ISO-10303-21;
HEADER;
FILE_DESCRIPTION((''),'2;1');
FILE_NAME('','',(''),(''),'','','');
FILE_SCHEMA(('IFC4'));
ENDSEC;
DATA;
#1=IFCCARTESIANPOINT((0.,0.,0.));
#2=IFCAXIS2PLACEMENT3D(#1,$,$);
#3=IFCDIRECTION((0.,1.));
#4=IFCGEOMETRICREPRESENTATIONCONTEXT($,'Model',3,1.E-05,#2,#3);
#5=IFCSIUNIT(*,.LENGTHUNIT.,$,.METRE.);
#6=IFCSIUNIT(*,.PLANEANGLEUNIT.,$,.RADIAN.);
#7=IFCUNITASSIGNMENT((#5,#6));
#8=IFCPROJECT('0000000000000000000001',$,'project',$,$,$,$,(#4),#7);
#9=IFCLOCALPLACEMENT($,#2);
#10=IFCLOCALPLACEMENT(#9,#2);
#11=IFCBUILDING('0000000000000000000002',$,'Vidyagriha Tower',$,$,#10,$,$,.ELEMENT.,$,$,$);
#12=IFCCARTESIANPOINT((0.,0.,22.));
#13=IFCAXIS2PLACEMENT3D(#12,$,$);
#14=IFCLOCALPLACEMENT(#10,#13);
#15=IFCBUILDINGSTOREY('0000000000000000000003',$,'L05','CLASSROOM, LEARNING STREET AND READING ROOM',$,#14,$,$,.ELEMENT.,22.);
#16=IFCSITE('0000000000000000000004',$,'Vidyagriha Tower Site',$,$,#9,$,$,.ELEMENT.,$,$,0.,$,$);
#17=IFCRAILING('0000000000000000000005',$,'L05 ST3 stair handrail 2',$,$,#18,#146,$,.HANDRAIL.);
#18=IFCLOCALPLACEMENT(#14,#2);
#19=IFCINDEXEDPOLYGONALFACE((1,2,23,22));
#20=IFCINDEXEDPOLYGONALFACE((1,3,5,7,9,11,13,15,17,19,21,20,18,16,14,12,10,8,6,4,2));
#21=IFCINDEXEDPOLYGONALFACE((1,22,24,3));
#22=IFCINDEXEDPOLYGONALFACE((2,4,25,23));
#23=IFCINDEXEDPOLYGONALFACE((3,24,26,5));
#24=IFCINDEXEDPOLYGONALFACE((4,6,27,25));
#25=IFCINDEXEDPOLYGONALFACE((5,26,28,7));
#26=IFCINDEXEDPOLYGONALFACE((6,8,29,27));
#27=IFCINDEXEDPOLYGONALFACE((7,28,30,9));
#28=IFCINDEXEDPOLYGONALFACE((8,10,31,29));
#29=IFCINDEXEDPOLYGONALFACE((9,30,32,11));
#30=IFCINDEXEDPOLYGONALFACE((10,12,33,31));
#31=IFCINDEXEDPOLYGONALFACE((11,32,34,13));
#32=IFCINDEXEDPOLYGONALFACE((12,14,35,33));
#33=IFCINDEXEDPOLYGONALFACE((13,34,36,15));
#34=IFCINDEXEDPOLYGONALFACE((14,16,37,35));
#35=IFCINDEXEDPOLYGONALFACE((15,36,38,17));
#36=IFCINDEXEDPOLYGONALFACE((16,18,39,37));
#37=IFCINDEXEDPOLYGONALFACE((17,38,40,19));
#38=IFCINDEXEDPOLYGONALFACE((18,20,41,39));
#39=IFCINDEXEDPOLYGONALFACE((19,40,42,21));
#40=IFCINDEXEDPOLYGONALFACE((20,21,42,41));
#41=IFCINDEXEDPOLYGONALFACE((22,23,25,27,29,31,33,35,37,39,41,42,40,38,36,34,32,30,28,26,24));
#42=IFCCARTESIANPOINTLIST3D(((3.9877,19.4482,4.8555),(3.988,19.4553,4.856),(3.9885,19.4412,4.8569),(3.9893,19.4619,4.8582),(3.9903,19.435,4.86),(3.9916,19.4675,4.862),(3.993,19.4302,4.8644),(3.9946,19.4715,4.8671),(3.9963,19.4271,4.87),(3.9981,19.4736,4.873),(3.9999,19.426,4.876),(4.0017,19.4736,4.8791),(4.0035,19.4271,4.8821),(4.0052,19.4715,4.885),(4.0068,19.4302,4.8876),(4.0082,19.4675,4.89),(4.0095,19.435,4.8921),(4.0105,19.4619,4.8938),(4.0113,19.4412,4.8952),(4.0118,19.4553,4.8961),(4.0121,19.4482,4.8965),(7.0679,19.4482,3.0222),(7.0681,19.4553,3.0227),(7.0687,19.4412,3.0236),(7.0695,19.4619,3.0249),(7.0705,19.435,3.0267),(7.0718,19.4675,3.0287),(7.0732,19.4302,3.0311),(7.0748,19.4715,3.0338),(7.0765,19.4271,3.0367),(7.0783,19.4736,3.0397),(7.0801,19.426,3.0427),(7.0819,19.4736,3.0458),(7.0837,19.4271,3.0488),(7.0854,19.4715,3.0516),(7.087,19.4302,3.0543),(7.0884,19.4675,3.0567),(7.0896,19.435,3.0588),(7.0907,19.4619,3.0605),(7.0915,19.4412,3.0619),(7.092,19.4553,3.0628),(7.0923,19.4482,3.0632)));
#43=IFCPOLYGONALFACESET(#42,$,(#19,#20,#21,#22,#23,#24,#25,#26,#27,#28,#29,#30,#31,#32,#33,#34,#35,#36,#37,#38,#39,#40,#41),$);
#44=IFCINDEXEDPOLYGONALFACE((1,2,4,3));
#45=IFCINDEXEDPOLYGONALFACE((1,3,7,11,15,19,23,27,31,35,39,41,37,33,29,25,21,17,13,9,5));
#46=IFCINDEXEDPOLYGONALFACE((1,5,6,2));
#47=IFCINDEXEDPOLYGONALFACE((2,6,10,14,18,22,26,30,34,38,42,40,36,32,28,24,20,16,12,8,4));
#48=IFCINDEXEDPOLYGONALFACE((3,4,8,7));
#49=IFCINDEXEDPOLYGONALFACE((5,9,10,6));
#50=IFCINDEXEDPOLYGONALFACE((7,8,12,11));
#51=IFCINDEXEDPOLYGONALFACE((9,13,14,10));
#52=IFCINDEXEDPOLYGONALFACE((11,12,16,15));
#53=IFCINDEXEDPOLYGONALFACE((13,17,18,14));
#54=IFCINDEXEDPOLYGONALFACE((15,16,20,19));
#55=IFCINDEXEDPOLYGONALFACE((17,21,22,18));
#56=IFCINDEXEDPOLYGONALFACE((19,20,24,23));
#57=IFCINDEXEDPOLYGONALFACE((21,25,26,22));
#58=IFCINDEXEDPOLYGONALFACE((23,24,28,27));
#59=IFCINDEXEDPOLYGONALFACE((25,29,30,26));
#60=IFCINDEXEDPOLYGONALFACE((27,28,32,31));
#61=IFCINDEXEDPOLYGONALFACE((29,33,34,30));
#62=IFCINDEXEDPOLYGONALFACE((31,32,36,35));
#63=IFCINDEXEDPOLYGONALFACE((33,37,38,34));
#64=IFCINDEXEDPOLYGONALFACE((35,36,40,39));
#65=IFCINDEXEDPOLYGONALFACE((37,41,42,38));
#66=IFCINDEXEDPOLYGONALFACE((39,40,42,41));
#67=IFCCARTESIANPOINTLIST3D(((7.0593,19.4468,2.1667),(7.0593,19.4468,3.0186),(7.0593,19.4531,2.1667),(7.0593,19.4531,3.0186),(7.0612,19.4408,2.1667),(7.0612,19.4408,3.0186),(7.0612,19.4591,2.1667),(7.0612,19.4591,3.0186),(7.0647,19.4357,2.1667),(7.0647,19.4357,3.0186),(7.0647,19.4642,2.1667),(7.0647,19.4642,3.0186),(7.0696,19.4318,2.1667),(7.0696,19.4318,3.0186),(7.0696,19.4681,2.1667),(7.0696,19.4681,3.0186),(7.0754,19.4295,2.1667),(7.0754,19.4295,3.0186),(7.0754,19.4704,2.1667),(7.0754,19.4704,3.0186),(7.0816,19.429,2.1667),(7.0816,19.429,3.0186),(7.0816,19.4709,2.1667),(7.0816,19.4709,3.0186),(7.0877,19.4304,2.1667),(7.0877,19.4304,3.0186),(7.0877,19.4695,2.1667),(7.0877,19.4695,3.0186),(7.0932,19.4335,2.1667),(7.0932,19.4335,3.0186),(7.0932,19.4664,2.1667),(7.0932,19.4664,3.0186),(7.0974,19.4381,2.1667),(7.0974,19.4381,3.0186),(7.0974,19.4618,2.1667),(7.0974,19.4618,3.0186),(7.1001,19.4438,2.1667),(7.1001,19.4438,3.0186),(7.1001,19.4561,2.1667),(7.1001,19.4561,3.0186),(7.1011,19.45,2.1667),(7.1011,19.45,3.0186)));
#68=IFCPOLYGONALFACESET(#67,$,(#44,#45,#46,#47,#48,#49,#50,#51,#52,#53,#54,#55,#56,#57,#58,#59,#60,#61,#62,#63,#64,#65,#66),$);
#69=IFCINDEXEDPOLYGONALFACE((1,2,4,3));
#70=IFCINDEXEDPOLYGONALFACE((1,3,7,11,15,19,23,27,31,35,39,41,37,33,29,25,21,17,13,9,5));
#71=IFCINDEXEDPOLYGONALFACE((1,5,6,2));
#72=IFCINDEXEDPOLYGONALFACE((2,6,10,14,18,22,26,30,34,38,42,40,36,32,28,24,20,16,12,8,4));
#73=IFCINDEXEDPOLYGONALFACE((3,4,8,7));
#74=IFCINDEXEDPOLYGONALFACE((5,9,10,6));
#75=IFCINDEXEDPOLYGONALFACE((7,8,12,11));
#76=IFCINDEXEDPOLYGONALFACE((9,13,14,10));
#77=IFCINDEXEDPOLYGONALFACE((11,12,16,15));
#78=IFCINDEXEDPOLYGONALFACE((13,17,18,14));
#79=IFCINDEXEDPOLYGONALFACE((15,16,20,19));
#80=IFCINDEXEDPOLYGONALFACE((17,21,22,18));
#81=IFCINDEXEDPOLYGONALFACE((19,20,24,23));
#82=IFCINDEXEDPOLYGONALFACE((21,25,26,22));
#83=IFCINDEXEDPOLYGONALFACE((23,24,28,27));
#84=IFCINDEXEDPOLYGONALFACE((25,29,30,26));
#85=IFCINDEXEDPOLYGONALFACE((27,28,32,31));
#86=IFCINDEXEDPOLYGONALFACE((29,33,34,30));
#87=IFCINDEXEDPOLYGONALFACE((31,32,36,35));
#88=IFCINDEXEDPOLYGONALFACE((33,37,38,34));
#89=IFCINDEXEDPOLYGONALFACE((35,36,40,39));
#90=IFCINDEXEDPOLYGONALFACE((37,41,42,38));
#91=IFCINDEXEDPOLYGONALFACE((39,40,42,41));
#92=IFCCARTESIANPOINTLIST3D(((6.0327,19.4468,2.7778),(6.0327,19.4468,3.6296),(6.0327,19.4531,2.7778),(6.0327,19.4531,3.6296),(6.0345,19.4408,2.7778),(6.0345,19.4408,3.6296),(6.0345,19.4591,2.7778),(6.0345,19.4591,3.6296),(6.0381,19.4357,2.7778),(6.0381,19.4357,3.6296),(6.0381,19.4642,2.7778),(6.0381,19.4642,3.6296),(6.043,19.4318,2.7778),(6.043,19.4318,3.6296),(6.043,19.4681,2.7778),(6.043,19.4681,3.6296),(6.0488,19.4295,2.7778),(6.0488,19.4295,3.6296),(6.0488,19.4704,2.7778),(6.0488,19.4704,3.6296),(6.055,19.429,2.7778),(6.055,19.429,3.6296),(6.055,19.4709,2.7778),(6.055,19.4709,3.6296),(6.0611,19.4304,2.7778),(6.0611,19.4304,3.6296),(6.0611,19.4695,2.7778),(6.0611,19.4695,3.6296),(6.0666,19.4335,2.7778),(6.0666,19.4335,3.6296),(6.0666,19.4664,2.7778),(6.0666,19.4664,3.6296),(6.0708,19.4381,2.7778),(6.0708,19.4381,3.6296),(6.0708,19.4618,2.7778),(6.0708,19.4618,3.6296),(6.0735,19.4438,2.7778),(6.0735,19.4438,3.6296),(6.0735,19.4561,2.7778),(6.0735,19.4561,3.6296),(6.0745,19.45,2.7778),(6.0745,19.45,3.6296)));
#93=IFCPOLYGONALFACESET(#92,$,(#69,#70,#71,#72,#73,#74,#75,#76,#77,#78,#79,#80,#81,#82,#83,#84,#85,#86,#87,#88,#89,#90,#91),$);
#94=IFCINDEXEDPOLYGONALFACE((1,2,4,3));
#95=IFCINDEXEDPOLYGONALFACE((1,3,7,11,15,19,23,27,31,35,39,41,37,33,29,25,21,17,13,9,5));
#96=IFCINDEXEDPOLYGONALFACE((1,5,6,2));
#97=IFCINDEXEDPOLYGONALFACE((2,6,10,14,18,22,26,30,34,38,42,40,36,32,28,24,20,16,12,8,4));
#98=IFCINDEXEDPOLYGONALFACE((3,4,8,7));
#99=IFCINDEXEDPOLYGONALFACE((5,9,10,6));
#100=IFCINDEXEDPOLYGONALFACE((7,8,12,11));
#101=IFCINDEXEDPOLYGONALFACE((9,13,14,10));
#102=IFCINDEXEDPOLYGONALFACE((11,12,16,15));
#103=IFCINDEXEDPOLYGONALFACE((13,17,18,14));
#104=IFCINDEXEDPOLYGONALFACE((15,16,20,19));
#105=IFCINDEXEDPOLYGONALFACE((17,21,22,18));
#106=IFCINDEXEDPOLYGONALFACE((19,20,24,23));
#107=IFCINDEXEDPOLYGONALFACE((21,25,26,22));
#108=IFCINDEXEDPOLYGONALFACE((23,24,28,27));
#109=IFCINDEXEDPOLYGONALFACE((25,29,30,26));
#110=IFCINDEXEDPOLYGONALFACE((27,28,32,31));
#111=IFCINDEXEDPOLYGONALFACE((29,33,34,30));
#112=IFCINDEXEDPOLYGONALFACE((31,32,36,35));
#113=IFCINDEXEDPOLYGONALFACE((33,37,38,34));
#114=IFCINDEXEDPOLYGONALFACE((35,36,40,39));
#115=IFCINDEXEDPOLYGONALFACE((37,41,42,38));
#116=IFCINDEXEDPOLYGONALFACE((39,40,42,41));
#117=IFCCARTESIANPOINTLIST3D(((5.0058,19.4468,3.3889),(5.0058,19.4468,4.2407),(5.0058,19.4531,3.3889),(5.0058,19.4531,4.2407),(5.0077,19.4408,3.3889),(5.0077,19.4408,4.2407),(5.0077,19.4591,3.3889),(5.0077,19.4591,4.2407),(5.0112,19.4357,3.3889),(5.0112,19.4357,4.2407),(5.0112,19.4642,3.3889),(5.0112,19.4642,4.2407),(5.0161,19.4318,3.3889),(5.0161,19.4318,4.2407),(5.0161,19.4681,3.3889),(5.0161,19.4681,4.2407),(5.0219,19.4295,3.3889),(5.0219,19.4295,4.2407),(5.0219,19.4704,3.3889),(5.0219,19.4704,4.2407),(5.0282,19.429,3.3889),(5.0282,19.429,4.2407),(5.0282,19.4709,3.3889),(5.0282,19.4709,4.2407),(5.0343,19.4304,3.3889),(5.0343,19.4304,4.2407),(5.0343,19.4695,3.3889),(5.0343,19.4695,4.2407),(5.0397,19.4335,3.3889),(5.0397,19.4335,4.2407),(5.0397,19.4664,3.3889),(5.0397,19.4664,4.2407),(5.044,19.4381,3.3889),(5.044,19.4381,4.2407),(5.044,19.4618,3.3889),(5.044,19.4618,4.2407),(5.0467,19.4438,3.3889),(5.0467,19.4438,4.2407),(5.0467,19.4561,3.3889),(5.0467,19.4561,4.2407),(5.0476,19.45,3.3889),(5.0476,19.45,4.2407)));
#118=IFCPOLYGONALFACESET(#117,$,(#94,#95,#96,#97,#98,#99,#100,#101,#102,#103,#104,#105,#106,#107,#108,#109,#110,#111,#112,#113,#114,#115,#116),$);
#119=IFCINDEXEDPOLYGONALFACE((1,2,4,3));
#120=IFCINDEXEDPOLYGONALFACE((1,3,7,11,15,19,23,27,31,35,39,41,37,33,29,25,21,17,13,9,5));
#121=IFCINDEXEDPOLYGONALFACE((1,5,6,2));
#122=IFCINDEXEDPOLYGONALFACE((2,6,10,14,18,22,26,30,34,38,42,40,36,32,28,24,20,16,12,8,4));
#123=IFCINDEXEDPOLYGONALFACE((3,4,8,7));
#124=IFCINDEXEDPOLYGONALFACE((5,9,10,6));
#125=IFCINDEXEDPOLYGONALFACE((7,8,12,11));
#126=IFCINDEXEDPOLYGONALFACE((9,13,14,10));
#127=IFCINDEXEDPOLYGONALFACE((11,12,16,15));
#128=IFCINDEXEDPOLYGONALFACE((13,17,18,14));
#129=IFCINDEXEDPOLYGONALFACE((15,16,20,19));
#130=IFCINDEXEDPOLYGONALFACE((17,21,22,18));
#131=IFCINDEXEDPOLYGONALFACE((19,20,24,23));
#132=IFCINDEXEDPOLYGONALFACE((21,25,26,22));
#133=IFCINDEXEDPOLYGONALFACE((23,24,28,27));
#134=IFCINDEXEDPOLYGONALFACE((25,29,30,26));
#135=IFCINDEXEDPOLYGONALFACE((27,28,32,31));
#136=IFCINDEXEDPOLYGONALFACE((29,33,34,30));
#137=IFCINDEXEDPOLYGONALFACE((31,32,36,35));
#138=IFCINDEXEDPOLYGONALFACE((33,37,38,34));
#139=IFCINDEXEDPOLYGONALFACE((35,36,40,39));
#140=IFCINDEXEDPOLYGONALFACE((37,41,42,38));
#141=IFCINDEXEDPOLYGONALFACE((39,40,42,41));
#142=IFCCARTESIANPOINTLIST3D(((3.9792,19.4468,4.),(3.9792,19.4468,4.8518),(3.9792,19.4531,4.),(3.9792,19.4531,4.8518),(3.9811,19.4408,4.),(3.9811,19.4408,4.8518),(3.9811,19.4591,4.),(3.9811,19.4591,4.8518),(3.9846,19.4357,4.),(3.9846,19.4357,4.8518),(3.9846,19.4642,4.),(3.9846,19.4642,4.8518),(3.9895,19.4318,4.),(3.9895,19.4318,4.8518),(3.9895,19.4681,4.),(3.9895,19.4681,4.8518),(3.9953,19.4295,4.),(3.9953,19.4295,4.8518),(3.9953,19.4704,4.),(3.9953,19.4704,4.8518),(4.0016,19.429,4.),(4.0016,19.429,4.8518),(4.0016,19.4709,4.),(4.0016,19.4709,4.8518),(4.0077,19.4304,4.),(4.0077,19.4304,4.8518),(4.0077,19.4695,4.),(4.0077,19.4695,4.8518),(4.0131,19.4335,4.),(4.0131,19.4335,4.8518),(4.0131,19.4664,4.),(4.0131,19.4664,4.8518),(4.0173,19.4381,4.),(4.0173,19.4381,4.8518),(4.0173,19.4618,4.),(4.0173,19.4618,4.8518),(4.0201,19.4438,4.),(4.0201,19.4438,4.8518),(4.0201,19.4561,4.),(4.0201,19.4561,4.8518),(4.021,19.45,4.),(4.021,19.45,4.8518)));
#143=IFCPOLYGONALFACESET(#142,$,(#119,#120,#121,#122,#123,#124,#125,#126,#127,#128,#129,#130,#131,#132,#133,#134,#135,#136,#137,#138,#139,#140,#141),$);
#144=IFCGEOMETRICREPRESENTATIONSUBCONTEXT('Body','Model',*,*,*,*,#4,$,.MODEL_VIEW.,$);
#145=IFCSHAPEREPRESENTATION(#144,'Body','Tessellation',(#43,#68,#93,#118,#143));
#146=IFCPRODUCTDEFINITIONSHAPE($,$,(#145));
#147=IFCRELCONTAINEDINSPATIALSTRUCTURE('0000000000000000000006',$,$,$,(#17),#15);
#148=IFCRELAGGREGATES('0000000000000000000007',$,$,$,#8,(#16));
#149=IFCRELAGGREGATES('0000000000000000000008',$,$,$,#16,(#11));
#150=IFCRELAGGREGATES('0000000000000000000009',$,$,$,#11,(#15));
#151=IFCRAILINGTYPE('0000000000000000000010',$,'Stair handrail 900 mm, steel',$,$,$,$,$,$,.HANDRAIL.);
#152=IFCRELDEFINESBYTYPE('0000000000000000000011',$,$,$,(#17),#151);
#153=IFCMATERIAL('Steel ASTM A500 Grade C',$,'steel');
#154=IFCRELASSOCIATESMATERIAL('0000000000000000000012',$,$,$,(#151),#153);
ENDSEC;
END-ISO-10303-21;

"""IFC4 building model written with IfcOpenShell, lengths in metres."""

from ifc_helpers import new_model, si_unit, direction, frame, origin, origin_2d, place, context, subcontext, project, spatial, circle, extrude, material, type_object, element, save


model = new_model("IFC4")

# Units and contexts
model_context = context("Model", 3, precision=1e-05, world=origin(), true_north=direction((0.0, 1.0)))
body_context = subcontext(model_context, "Body", "Model", "MODEL_VIEW")
ifc_project = project(units=[si_unit("LENGTHUNIT", "METRE"), si_unit("PLANEANGLEUNIT", "RADIAN")], contexts=[model_context])

# Site, building, storey
site_placement = place(None, origin())
site = spatial("IfcSite", under=ifc_project, at=site_placement, Name="Vidyagriha Tower Site", CompositionType="ELEMENT", RefElevation=0.0)
building_placement = place(site_placement, origin())
building = spatial("IfcBuilding", under=site, at=building_placement, Name="Vidyagriha Tower", CompositionType="ELEMENT")
storey_placement = place(building_placement, frame((0.0, 0.0, 22.0)))
storey = spatial("IfcBuildingStorey", under=building, at=storey_placement, Name="L05", Description="CLASSROOM, LEARNING STREET AND READING ROOM", CompositionType="ELEMENT", Elevation=22.0)

# Railing
ifc_material_1 = material(Name="Steel ASTM A500 Grade C", Category="steel")
railing_type_1 = type_object("IfcRailingType", Name="Stair handrail 900 mm, steel", PredefinedType="HANDRAIL", material=ifc_material_1)
railing_1_placement = place(storey_placement, frame((7.0801, 19.45, 2.1667)))
element("IfcRailing", 1, at=railing_1_placement, inside=storey, type_object=railing_type_1, Name="L05 ST3 stair handrail 2", PredefinedType="HANDRAIL", context=body_context, shape_type="SweptSolid", body=[
    extrude(circle(Radius=0.0239, at=origin_2d()), frame((0.0, 0.0, 0.876), z_axis=(-0.859309, 0.0, 0.511458), x_axis=(0.0, -1.0, 0.0)), (0.0, 0.0, 1.0), 3.5845),
    extrude(circle(Radius=0.021, at=origin_2d()), origin(), (0.0, 0.0, 1.0), 0.8518),
    extrude(circle(Radius=0.021, at=origin_2d()), frame((-1.0266, 0.0, 0.6111)), (0.0, 0.0, 1.0), 0.8518),
    extrude(circle(Radius=0.021, at=origin_2d()), frame((-2.0535, 0.0, 1.2222)), (0.0, 0.0, 1.0), 0.8518),
    extrude(circle(Radius=0.021, at=origin_2d()), frame((-3.0801, 0.0, 1.8333)), (0.0, 0.0, 1.0), 0.8518),
])

save(model, "model.ifc")
